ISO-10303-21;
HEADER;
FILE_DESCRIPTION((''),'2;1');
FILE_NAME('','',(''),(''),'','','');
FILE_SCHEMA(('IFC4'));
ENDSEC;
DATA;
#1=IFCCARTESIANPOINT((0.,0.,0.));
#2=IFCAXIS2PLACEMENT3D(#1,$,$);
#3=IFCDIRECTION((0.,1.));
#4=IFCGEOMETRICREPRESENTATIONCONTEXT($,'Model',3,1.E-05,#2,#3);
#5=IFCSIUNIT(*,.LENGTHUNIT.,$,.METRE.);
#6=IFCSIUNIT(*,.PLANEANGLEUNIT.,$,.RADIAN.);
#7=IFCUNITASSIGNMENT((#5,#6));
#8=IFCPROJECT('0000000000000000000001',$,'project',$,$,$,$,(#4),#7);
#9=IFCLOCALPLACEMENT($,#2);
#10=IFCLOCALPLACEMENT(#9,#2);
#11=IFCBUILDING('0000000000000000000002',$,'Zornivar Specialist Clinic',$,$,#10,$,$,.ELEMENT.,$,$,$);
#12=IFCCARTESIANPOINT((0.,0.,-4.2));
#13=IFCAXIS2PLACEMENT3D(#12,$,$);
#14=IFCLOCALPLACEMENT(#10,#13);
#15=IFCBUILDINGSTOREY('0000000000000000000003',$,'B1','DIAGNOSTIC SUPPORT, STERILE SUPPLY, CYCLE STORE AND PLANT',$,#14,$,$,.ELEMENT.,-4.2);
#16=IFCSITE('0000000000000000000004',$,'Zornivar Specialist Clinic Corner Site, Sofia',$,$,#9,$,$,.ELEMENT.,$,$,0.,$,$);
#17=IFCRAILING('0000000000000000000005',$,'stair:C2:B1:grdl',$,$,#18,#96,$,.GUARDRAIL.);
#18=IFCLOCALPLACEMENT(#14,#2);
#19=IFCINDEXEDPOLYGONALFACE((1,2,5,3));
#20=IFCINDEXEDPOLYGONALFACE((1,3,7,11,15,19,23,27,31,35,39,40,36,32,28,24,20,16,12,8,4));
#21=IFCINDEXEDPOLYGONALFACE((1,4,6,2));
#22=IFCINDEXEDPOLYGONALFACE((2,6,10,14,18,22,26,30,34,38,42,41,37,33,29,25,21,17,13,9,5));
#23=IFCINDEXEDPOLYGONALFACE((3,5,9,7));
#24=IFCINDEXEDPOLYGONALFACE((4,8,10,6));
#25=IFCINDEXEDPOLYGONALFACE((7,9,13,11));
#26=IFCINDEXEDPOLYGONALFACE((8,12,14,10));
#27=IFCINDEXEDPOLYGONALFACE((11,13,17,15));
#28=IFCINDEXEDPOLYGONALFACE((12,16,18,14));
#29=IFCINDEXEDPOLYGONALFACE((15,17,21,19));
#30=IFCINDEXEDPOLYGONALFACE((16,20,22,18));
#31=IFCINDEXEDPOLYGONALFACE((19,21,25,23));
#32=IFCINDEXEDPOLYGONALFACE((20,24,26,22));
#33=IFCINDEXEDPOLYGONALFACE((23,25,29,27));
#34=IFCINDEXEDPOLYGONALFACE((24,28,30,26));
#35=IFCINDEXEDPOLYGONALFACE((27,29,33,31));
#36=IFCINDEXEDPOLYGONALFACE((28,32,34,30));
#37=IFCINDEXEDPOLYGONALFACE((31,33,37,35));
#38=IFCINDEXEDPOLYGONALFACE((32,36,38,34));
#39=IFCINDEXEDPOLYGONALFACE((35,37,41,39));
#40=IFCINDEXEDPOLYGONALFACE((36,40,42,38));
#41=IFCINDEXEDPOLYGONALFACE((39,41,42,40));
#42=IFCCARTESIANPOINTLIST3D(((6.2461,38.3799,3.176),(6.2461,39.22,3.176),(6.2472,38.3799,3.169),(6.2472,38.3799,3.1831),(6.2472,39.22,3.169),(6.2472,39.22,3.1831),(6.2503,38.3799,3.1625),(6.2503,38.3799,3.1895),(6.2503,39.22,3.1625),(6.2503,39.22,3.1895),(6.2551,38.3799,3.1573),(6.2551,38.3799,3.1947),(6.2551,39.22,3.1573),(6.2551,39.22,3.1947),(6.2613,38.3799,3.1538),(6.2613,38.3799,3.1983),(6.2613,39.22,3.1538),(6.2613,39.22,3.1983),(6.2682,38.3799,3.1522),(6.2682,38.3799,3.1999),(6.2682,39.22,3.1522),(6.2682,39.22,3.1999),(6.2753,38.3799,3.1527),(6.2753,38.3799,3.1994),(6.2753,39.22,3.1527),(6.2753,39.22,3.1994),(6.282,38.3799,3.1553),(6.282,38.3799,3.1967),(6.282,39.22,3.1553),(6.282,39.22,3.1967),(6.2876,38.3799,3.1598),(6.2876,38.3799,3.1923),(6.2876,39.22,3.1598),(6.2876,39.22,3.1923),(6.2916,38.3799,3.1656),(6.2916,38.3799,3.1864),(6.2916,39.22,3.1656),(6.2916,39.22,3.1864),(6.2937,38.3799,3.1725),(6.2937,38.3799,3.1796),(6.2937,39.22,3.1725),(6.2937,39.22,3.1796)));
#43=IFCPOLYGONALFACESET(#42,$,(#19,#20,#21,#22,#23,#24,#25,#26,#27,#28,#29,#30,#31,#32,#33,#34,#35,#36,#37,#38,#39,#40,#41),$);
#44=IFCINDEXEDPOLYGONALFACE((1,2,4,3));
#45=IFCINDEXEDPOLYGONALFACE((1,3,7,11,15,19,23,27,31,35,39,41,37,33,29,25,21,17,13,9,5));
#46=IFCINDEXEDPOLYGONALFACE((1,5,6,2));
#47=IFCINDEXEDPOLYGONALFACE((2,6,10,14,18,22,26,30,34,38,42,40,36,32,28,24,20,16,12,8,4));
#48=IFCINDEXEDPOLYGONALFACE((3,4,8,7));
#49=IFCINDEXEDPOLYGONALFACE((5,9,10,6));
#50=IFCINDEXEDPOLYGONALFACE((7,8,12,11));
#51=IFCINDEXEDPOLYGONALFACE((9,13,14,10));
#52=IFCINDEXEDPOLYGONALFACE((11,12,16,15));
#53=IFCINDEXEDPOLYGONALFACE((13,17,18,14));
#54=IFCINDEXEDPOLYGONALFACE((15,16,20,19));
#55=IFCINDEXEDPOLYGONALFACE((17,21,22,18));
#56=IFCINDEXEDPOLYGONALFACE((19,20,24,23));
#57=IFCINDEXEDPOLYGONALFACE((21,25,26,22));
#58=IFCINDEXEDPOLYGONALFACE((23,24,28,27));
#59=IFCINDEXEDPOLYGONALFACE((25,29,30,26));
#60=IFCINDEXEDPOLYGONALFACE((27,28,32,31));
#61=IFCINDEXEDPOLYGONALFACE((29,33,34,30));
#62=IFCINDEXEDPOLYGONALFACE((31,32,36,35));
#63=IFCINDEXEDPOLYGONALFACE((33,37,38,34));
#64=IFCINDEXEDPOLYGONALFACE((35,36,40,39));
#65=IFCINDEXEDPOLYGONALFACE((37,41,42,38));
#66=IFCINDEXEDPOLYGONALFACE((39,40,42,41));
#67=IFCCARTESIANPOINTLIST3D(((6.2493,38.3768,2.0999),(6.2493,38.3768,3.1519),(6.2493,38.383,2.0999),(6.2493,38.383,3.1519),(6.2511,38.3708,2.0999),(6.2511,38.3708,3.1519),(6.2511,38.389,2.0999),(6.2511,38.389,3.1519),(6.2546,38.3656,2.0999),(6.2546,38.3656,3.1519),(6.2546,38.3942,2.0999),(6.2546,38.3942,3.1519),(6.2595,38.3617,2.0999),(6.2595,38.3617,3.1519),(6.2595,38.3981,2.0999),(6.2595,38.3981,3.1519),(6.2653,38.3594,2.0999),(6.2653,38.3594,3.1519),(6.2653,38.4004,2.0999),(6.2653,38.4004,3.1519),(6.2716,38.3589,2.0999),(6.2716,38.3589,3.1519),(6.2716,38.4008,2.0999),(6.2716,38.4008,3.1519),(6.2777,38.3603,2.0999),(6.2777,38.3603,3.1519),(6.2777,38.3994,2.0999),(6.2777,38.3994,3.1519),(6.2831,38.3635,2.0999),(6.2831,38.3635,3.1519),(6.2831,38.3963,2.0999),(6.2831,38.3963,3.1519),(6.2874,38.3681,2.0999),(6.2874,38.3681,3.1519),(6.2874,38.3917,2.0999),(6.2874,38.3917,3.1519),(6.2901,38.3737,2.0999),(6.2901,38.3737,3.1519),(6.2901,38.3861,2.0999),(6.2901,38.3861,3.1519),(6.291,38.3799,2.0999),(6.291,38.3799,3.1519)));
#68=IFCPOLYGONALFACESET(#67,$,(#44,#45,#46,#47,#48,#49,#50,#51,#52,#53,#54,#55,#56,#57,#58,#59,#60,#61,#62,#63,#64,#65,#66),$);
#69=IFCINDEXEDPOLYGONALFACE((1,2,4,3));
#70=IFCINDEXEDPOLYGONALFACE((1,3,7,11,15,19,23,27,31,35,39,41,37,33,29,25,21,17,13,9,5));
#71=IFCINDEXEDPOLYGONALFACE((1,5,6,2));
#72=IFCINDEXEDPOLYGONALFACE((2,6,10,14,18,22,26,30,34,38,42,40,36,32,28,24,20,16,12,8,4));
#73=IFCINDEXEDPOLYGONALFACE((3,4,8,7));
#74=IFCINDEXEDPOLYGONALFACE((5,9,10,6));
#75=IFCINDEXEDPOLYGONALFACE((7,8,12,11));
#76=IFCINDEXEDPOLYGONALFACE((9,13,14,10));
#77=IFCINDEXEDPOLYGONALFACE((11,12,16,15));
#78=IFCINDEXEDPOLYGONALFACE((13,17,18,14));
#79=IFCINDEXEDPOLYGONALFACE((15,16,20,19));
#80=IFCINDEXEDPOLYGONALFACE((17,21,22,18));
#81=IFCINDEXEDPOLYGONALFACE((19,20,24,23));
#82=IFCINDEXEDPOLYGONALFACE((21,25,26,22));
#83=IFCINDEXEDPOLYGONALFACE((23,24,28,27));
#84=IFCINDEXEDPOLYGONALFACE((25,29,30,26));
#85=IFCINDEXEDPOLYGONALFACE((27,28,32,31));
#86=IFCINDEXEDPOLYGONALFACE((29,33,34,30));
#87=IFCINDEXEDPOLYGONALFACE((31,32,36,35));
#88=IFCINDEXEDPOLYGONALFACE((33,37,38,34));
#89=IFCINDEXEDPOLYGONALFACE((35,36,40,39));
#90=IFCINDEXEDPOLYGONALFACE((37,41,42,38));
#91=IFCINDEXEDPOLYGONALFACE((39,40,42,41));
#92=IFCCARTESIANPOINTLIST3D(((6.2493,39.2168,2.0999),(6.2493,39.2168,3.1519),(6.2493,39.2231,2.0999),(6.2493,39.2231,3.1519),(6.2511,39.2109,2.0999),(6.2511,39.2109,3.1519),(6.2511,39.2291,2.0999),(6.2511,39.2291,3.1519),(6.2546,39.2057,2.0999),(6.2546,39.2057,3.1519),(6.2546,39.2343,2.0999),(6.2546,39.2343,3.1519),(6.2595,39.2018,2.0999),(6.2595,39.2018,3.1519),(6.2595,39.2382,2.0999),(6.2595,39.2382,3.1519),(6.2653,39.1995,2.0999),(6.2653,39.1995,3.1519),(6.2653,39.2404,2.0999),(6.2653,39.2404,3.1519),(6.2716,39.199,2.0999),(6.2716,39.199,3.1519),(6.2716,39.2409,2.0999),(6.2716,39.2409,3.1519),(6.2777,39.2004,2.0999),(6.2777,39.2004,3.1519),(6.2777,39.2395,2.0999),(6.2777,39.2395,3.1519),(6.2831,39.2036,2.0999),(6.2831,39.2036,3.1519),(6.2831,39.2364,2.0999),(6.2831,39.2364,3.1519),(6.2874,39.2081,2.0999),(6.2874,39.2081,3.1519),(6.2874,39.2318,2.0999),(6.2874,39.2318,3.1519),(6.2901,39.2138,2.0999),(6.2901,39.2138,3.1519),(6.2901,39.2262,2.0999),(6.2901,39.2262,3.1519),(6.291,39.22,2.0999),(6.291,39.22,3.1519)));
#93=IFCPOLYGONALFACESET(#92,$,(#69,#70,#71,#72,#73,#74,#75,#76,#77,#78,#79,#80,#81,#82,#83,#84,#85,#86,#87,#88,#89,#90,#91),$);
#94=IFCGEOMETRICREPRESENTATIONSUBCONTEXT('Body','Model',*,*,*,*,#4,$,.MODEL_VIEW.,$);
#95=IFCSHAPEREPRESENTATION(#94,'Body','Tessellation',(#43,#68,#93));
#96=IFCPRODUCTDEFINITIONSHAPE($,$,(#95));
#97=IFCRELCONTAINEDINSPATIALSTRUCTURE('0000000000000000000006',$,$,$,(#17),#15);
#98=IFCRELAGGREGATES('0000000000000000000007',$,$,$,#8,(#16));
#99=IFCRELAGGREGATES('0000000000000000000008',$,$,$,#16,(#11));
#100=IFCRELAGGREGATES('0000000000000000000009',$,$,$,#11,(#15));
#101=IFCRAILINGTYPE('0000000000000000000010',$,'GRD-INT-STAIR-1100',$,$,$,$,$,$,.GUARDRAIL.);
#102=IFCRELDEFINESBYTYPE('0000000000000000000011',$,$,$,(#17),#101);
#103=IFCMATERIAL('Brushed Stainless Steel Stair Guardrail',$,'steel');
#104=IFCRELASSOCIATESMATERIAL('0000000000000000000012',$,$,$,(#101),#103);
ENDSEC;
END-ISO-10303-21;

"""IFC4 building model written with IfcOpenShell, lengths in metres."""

from ifc_helpers import new_model, si_unit, direction, frame, origin, origin_2d, place, context, subcontext, project, spatial, circle, extrude, material, type_object, element, save


model = new_model("IFC4")

# Units and contexts
model_context = context("Model", 3, precision=1e-05, world=origin(), true_north=direction((0.0, 1.0)))
body_context = subcontext(model_context, "Body", "Model", "MODEL_VIEW")
ifc_project = project(units=[si_unit("LENGTHUNIT", "METRE"), si_unit("PLANEANGLEUNIT", "RADIAN")], contexts=[model_context])

# Site, building, storey
site_placement = place(None, origin())
site = spatial("IfcSite", under=ifc_project, at=site_placement, Name="Zornivar Specialist Clinic Corner Site, Sofia", CompositionType="ELEMENT", RefElevation=0.0)
building_placement = place(site_placement, origin())
building = spatial("IfcBuilding", under=site, at=building_placement, Name="Zornivar Specialist Clinic", CompositionType="ELEMENT")
storey_placement = place(building_placement, frame((0.0, 0.0, -4.2)))
storey = spatial("IfcBuildingStorey", under=building, at=storey_placement, Name="B1", Description="DIAGNOSTIC SUPPORT, STERILE SUPPLY, CYCLE STORE AND PLANT", CompositionType="ELEMENT", Elevation=-4.2)

# Railing
ifc_material_1 = material(Name="Brushed Stainless Steel Stair Guardrail", Category="steel")
railing_type_1 = type_object("IfcRailingType", Name="GRD-INT-STAIR-1100", PredefinedType="GUARDRAIL", material=ifc_material_1)
railing_1_placement = place(storey_placement, frame((6.27, 38.3799, 2.0999)))
element("IfcRailing", 1, at=railing_1_placement, inside=storey, type_object=railing_type_1, Name="stair:C2:B1:grdl", PredefinedType="GUARDRAIL", context=body_context, shape_type="SweptSolid", body=[
    extrude(circle(Radius=0.0239, at=origin_2d()), frame((0.0, 0.0, 1.0762), z_axis=(0.0, 1.0, 0.0), x_axis=(-1.0, 0.0, 0.0)), (0.0, 0.0, 1.0), 0.8401),
    extrude(circle(Radius=0.021, at=origin_2d()), origin(), (0.0, 0.0, 1.0), 1.052),
    extrude(circle(Radius=0.021, at=origin_2d()), frame((0.0, 0.8401, 0.0)), (0.0, 0.0, 1.0), 1.052),
])

save(model, "model.ifc")
